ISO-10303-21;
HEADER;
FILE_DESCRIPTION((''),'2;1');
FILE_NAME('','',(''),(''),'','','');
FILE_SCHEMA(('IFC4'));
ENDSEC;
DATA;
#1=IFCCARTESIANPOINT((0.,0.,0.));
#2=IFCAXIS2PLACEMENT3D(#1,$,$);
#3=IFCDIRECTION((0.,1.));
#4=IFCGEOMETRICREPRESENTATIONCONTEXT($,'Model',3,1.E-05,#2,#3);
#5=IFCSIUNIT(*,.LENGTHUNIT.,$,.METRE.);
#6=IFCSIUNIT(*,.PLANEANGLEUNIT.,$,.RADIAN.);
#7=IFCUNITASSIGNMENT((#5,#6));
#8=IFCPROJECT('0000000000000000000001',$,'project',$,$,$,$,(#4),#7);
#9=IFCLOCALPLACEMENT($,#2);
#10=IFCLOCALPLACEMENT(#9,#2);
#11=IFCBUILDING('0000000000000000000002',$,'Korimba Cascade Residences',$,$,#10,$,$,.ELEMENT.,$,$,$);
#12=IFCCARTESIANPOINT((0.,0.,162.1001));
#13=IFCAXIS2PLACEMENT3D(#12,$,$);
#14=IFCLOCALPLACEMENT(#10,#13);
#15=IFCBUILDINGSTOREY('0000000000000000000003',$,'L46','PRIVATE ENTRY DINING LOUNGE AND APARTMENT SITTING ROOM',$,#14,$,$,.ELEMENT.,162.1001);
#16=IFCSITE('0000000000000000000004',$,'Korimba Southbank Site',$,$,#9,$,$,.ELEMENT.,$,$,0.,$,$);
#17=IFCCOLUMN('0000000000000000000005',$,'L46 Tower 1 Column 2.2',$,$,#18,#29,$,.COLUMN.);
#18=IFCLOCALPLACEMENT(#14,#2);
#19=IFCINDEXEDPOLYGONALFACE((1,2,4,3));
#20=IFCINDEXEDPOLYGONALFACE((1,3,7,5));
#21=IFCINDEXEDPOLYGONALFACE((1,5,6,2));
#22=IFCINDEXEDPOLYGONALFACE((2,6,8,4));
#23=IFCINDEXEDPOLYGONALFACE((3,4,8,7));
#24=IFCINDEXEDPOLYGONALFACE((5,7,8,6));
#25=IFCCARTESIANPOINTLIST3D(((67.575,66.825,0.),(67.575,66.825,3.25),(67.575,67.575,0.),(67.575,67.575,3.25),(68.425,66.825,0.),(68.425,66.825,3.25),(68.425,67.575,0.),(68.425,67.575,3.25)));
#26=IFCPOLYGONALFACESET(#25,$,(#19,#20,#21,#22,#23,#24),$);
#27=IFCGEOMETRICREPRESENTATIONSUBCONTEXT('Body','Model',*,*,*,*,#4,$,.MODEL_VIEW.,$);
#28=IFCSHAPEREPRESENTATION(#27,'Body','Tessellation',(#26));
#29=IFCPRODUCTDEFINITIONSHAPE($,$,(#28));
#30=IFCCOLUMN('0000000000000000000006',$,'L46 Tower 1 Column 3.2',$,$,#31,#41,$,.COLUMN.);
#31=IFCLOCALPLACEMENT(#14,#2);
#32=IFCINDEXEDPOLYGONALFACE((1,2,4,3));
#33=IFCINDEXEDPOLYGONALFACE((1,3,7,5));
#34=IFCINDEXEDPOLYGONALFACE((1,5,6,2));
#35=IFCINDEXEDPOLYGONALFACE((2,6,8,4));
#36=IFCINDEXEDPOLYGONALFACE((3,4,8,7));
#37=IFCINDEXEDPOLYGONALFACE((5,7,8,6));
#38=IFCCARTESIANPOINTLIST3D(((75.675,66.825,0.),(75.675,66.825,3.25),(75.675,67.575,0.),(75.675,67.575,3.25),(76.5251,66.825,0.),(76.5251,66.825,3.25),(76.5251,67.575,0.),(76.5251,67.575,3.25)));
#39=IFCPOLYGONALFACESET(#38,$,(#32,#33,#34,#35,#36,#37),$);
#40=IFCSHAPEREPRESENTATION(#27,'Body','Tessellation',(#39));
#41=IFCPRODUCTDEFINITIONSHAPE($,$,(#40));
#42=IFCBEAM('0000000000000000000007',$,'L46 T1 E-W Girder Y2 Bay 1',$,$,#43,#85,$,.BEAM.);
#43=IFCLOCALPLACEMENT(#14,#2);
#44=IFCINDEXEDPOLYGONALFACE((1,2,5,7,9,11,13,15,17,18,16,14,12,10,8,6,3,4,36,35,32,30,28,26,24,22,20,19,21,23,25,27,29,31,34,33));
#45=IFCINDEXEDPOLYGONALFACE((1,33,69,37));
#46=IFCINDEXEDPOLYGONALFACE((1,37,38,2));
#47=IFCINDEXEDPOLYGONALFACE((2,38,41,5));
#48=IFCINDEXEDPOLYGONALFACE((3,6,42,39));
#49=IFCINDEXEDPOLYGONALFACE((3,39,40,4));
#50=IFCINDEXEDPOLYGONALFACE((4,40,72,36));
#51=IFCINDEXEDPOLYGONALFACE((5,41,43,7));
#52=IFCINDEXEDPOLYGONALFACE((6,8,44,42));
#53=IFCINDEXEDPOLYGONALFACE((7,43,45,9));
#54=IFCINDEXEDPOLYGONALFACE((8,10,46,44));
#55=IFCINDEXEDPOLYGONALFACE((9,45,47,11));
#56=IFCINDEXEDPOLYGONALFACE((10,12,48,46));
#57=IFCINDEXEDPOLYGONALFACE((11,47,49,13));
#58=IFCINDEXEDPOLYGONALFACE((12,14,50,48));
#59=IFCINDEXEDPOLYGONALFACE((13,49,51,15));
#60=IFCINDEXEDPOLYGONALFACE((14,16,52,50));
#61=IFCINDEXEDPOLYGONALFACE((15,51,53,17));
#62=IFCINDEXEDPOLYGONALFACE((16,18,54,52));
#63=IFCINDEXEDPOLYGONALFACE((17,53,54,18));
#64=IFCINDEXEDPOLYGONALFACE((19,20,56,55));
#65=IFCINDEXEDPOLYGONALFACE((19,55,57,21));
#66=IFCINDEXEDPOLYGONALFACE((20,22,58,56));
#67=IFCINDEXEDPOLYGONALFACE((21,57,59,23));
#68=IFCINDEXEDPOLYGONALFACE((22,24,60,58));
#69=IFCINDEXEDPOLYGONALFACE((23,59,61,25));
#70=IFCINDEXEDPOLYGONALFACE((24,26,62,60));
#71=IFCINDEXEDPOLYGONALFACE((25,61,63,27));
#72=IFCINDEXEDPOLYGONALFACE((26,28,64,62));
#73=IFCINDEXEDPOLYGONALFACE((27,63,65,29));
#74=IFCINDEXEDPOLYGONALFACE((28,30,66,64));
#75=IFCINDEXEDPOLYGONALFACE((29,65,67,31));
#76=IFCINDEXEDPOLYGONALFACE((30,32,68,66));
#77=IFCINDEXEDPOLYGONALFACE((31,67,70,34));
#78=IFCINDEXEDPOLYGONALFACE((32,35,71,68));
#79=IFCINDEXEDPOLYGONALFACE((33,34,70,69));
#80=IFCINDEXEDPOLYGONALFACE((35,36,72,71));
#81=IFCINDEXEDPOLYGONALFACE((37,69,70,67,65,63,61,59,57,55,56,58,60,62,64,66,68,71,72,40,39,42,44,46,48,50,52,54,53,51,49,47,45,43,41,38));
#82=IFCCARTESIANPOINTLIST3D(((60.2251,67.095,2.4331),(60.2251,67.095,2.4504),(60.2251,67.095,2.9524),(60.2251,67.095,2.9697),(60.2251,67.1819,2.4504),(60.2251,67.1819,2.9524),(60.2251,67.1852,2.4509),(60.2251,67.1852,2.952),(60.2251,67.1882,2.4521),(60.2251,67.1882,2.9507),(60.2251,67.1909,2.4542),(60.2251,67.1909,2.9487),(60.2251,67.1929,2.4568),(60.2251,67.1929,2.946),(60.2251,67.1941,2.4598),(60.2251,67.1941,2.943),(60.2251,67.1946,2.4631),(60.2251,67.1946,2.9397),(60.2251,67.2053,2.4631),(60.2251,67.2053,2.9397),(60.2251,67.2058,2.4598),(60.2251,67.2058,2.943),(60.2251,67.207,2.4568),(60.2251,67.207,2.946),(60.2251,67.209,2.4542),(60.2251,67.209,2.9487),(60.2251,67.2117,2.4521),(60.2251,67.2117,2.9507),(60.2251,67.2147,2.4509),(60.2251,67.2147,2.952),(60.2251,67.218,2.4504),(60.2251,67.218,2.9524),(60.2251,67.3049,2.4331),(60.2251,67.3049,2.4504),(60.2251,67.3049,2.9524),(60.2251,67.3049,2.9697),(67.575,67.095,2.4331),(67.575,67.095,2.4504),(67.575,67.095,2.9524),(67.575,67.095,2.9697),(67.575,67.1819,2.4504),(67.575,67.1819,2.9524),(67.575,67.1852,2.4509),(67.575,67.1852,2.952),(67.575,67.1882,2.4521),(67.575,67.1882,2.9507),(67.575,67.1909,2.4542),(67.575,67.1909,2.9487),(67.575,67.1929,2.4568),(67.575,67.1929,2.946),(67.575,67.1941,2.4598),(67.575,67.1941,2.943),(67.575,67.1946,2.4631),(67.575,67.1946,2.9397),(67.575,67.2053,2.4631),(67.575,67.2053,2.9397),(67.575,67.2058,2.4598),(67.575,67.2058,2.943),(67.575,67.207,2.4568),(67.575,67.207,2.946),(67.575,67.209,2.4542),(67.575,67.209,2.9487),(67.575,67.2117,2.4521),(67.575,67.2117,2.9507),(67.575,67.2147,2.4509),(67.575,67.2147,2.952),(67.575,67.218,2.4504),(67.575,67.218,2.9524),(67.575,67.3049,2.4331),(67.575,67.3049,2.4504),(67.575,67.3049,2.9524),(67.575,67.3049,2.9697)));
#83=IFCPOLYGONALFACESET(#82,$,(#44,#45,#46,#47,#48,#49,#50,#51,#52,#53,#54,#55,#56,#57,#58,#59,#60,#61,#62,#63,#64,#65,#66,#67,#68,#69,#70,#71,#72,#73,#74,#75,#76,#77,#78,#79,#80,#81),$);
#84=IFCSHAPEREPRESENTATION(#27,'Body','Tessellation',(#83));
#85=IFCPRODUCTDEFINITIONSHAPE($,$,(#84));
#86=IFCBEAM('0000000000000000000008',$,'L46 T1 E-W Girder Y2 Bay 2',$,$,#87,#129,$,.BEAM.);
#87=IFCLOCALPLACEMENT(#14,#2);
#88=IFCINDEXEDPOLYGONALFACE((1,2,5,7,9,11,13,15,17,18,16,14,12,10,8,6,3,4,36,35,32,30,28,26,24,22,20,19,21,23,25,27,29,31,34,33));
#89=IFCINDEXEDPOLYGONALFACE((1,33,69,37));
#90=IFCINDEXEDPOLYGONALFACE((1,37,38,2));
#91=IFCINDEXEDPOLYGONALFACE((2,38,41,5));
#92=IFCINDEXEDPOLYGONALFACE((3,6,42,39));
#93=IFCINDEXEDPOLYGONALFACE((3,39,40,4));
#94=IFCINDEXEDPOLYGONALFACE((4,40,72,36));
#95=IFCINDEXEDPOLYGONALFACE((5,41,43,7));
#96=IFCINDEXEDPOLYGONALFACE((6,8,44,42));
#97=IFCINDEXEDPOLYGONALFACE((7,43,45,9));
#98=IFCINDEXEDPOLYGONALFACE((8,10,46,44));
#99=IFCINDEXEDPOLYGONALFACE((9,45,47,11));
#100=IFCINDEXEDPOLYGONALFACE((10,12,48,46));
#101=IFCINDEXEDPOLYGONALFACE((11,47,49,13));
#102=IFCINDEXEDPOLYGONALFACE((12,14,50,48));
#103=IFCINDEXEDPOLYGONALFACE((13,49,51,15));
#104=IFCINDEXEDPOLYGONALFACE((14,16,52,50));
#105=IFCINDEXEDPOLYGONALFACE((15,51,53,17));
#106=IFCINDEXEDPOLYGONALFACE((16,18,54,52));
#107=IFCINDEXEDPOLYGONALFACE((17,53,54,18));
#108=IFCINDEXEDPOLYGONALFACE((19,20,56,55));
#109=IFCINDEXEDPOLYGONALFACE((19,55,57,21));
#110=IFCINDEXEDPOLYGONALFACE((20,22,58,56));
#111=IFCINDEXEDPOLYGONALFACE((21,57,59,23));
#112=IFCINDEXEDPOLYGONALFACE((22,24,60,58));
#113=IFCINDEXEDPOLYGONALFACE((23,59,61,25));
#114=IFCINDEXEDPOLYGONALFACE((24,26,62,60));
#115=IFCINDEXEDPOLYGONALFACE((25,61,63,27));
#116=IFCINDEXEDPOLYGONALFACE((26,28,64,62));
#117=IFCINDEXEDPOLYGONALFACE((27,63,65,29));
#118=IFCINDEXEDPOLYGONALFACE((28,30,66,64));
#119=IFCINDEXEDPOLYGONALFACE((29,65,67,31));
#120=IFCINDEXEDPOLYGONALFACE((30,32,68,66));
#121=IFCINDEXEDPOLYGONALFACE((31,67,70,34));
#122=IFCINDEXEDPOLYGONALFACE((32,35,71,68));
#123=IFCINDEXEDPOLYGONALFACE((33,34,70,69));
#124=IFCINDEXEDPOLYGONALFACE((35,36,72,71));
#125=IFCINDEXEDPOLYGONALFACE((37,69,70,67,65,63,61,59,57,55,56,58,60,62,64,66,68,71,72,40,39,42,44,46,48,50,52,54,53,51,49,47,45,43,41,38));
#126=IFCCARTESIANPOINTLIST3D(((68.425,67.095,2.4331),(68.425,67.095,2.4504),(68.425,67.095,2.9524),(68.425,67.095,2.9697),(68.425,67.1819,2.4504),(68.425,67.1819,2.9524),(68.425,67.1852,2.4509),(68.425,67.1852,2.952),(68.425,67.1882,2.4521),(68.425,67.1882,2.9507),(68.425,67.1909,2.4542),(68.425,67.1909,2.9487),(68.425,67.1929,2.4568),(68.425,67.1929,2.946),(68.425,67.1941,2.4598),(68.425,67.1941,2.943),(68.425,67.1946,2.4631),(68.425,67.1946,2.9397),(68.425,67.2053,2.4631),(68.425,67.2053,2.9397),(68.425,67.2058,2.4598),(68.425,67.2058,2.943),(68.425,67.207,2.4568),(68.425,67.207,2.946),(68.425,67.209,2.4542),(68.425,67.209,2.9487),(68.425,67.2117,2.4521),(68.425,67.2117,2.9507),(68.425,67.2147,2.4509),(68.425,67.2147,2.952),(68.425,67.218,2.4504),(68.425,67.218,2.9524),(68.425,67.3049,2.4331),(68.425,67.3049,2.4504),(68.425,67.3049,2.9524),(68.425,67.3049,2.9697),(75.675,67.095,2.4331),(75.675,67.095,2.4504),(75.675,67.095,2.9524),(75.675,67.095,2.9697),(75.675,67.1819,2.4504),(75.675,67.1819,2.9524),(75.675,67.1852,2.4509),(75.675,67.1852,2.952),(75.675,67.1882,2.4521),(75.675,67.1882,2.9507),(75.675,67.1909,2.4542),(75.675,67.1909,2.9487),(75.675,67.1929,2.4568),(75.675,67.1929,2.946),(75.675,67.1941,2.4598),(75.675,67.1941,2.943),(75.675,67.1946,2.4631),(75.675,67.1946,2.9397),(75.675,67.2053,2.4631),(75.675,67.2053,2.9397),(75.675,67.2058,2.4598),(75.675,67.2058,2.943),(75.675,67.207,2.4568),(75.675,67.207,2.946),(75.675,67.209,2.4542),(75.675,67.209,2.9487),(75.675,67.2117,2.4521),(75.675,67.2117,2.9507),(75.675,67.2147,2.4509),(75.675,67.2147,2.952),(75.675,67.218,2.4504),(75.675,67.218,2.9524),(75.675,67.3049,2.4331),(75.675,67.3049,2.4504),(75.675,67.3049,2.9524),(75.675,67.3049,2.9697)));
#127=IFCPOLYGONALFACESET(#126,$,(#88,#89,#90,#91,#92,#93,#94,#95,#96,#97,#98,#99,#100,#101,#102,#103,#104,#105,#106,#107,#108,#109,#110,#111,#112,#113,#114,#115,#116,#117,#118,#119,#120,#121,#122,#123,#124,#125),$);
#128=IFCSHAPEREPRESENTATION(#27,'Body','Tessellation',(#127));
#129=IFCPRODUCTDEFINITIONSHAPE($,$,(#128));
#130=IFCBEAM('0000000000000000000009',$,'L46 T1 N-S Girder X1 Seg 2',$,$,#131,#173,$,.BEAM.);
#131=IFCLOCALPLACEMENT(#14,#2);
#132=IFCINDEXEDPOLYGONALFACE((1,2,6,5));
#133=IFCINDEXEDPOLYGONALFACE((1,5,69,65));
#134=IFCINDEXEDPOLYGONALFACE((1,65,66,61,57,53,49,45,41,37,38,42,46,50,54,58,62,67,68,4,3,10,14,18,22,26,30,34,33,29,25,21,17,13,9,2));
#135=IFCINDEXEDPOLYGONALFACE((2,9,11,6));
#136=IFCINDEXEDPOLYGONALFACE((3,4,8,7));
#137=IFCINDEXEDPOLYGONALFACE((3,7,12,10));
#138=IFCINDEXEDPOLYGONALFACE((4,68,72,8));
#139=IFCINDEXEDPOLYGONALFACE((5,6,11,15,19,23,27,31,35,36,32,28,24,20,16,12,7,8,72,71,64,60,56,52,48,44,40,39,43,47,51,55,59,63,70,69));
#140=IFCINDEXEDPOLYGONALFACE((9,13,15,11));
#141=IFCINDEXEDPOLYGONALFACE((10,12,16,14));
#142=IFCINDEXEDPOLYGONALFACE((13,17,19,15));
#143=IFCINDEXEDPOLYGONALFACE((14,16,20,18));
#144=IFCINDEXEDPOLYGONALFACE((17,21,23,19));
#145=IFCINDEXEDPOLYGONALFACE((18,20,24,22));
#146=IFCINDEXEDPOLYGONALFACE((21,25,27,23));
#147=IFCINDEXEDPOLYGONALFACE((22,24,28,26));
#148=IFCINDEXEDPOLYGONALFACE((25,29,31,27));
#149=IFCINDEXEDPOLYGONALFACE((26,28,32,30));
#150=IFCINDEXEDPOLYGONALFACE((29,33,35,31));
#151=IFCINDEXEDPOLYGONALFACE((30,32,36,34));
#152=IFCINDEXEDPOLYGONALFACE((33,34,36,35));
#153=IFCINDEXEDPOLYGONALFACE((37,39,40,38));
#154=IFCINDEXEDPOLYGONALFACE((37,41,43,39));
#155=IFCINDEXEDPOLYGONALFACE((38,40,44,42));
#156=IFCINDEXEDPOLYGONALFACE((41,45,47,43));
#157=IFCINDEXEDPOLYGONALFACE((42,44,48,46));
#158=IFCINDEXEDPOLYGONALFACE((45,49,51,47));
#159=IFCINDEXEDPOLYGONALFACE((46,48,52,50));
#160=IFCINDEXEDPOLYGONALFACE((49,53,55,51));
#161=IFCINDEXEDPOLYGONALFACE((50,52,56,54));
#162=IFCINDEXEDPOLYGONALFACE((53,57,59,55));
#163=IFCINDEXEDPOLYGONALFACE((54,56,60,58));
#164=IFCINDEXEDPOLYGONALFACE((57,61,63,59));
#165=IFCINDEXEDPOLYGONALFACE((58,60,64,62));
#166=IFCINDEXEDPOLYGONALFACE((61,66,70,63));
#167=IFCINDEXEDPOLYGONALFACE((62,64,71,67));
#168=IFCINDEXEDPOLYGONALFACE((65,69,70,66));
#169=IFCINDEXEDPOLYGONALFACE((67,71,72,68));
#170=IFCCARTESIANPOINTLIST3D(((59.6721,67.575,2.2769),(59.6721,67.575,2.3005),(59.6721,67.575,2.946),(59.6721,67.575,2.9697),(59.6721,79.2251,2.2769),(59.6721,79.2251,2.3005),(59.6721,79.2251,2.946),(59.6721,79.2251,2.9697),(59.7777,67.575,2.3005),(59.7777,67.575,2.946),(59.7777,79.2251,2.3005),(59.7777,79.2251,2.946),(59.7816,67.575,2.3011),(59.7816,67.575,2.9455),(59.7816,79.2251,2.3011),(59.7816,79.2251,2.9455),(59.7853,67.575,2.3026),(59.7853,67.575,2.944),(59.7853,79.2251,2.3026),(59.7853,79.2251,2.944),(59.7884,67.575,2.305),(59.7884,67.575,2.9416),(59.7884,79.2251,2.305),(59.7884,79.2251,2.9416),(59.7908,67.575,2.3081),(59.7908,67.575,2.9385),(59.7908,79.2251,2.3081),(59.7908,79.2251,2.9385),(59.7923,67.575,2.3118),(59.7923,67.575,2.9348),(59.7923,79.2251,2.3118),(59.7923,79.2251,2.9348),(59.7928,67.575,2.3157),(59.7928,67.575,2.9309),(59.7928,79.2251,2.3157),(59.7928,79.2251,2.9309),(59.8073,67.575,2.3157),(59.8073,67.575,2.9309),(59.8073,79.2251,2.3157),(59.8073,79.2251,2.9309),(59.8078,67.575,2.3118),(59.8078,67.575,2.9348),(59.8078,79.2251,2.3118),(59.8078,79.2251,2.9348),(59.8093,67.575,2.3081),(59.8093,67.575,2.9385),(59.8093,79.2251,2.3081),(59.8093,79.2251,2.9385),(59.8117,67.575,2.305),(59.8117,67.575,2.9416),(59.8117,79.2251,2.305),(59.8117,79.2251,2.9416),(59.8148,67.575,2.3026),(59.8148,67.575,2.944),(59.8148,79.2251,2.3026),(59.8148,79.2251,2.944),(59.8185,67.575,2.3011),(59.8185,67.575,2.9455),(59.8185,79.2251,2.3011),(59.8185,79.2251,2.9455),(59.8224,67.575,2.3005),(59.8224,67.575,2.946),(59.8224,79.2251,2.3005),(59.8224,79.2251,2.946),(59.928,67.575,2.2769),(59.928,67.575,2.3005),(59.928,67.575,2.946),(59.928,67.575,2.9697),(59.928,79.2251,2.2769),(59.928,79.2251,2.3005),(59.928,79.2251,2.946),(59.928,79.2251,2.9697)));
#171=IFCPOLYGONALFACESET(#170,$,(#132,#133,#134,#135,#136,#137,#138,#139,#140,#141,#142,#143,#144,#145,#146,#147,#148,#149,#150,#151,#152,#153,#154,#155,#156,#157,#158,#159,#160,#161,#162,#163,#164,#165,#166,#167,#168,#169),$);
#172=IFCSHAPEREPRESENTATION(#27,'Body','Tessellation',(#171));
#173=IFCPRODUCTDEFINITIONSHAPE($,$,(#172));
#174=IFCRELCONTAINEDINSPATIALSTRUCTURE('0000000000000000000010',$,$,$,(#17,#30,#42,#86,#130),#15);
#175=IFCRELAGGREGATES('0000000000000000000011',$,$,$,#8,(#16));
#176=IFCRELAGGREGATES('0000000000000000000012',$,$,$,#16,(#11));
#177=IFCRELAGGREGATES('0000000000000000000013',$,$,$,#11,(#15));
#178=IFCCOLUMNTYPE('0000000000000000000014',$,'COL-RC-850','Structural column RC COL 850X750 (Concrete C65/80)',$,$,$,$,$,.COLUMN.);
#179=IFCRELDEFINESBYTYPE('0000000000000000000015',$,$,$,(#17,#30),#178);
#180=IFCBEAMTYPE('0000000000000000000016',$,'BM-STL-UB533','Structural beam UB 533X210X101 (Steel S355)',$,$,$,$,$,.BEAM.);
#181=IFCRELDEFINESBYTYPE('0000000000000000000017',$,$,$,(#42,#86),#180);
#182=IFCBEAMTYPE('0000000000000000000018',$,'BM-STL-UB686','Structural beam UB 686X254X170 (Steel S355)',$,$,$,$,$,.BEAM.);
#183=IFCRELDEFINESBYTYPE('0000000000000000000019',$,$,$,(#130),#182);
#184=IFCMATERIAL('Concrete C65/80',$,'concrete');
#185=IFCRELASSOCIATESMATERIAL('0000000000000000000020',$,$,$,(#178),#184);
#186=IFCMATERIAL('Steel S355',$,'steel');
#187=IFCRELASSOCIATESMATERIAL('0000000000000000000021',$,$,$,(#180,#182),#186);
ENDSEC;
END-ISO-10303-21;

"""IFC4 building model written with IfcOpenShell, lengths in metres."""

from ifc_helpers import new_model, si_unit, direction, frame, origin, origin_2d, place, context, subcontext, project, spatial, rectangle, i_section, extrude, material, material_profile, profile_set, type_object, element, save


model = new_model("IFC4")

# Units and contexts
model_context = context("Model", 3, precision=1e-05, world=origin(), true_north=direction((0.0, 1.0)))
body_context = subcontext(model_context, "Body", "Model", "MODEL_VIEW")
ifc_project = project(units=[si_unit("LENGTHUNIT", "METRE"), si_unit("PLANEANGLEUNIT", "RADIAN")], contexts=[model_context])

# Site, building, storey
site_placement = place(None, origin())
site = spatial("IfcSite", under=ifc_project, at=site_placement, Name="Korimba Southbank Site", CompositionType="ELEMENT", RefElevation=0.0)
building_placement = place(site_placement, origin())
building = spatial("IfcBuilding", under=site, at=building_placement, Name="Korimba Cascade Residences", CompositionType="ELEMENT")
storey_placement = place(building_placement, frame((0.0, 0.0, 162.1001)))
storey = spatial("IfcBuildingStorey", under=building, at=storey_placement, Name="L46", Description="PRIVATE ENTRY DINING LOUNGE AND APARTMENT SITTING ROOM", CompositionType="ELEMENT", Elevation=162.1001)

# Columns
ifc_material_1 = material(Name="Concrete C65/80", Category="concrete")
ifc_material_profile_1 = material_profile(ifc_material_1, rectangle(XDim=0.8501, YDim=0.75, at=origin_2d()), Name="Concrete C65/80")
ifc_profile_set_1 = profile_set([ifc_material_profile_1], Name="Concrete C65/80")
column_type = type_object("IfcColumnType", Name="COL-RC-850", Description="Structural column RC COL 850X750 (Concrete C65/80)", PredefinedType="COLUMN", material=ifc_profile_set_1)
for number, where, z_axis, x_axis, name in (
    (1, (68.0, 67.2, 0.0), (0.0, 0.0, 1.0), (1.0, 0.0, 0.0), "L46 Tower 1 Column 2.2"),
    (2, (76.1001, 67.2, 0.0), (0.0, 0.0, 1.0), (1.0, 0.0, 0.0), "L46 Tower 1 Column 3.2"),
):
    element("IfcColumn", number, at=place(storey_placement, frame(where, z_axis=z_axis, x_axis=x_axis)), inside=storey, type_object=column_type, Name=name, PredefinedType="COLUMN", context=body_context, shape_type="SweptSolid", body=[
        extrude(rectangle(XDim=0.8501, YDim=0.75, at=origin_2d()), origin(), (0.0, 0.0, 1.0), 3.25),
    ])

# Beams
ifc_material_2 = material(Name="Steel S355", Category="steel")
ifc_material_profile_2 = material_profile(ifc_material_2, i_section(OverallWidth=0.21, OverallDepth=0.5366, WebThickness=0.0107, FlangeThickness=0.0173, FilletRadius=0.0127, at=origin_2d()), Name="Steel S355")
ifc_profile_set_2 = profile_set([ifc_material_profile_2], Name="Steel S355")
beam_type_1 = type_object("IfcBeamType", Name="BM-STL-UB533", Description="Structural beam UB 533X210X101 (Steel S355)", PredefinedType="BEAM", material=ifc_profile_set_2)
beam_1_placement = place(storey_placement, frame((60.2251, 67.2, 2.7014), z_axis=(1.0, 0.0, 0.0), x_axis=(0.0, 1.0, 0.0)))
element("IfcBeam", 3, at=beam_1_placement, inside=storey, type_object=beam_type_1, Name="L46 T1 E-W Girder Y2 Bay 1", PredefinedType="BEAM", context=body_context, shape_type="SweptSolid", body=[
    extrude(i_section(OverallWidth=0.21, OverallDepth=0.5366, WebThickness=0.0107, FlangeThickness=0.0173, FilletRadius=0.0127, at=origin_2d()), origin(), (0.0, 0.0, 1.0), 7.3499),
])
beam_2_placement = place(storey_placement, frame((68.425, 67.2, 2.7014), z_axis=(1.0, 0.0, 0.0), x_axis=(0.0, 1.0, 0.0)))
element("IfcBeam", 4, at=beam_2_placement, inside=storey, type_object=beam_type_1, Name="L46 T1 E-W Girder Y2 Bay 2", PredefinedType="BEAM", context=body_context, shape_type="SweptSolid", body=[
    extrude(i_section(OverallWidth=0.21, OverallDepth=0.5366, WebThickness=0.0107, FlangeThickness=0.0173, FilletRadius=0.0127, at=origin_2d()), origin(), (0.0, 0.0, 1.0), 7.25),
])
ifc_material_profile_3 = material_profile(ifc_material_2, i_section(OverallWidth=0.2559, OverallDepth=0.6929, WebThickness=0.0144, FlangeThickness=0.0237, FilletRadius=0.0151, at=origin_2d()), Name="Steel S355")
ifc_profile_set_3 = profile_set([ifc_material_profile_3], Name="Steel S355")
beam_type_2 = type_object("IfcBeamType", Name="BM-STL-UB686", Description="Structural beam UB 686X254X170 (Steel S355)", PredefinedType="BEAM", material=ifc_profile_set_3)
for number, where, z_axis, x_axis, name in (
    (5, (59.8, 67.575, 2.6233), (0.0, 1.0, 0.0), (-1.0, 0.0, 0.0), "L46 T1 N-S Girder X1 Seg 2"),
):
    element("IfcBeam", number, at=place(storey_placement, frame(where, z_axis=z_axis, x_axis=x_axis)), inside=storey, type_object=beam_type_2, Name=name, PredefinedType="BEAM", context=body_context, shape_type="SweptSolid", body=[
        extrude(i_section(OverallWidth=0.2559, OverallDepth=0.6929, WebThickness=0.0144, FlangeThickness=0.0237, FilletRadius=0.0151, at=origin_2d()), origin(), (0.0, 0.0, 1.0), 11.6501),
    ])

save(model, "model.ifc")
